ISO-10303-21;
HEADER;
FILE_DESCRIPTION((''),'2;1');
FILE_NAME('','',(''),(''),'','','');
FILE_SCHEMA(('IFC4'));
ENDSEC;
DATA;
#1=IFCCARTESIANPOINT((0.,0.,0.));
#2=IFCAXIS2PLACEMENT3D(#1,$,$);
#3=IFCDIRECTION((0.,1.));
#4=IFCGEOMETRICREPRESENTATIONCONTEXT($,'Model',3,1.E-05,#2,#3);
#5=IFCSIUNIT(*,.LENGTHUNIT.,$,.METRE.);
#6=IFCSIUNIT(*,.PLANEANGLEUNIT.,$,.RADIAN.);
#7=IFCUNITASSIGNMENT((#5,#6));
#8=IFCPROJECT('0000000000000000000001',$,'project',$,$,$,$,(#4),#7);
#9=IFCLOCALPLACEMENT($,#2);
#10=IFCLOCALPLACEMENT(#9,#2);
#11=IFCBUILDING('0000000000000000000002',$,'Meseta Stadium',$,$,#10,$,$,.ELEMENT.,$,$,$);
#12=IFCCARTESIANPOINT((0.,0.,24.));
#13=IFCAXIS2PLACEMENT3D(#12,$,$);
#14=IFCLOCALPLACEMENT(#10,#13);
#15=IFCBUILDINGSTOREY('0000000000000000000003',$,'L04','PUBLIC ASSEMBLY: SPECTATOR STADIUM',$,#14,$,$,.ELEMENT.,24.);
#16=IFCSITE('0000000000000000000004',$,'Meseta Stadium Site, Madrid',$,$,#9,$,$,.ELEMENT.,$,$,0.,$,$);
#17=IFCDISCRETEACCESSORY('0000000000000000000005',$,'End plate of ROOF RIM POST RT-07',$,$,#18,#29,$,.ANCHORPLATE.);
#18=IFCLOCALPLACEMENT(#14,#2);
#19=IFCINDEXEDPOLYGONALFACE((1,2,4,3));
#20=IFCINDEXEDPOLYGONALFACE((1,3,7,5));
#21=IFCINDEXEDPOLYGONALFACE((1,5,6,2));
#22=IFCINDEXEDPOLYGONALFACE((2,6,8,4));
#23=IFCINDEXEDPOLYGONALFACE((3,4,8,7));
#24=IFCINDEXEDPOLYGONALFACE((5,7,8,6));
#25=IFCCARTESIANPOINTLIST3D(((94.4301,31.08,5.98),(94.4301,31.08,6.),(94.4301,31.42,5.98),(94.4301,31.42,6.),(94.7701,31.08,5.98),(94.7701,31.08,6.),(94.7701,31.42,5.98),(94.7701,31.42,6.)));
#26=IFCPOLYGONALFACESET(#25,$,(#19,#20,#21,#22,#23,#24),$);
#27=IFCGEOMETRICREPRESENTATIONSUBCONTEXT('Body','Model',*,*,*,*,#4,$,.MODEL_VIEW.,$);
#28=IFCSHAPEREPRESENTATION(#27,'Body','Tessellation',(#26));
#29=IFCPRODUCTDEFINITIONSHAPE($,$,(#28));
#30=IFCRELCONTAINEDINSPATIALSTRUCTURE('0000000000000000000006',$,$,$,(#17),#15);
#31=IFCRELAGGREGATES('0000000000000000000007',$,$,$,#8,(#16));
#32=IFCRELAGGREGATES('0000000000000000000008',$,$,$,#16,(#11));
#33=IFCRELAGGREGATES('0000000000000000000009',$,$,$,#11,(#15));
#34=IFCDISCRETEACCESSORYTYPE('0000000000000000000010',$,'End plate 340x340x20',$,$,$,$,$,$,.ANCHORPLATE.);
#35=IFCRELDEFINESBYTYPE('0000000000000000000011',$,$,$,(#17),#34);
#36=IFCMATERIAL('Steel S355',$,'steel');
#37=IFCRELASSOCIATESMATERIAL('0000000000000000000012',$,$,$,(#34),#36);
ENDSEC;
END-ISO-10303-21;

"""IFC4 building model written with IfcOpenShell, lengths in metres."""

from ifc_helpers import new_model, si_unit, direction, frame, origin, origin_2d, place, context, subcontext, project, spatial, rectangle, extrude, material, material_profile, profile_set, type_object, element, save


model = new_model("IFC4")

# Units and contexts
model_context = context("Model", 3, precision=1e-05, world=origin(), true_north=direction((0.0, 1.0)))
body_context = subcontext(model_context, "Body", "Model", "MODEL_VIEW")
ifc_project = project(units=[si_unit("LENGTHUNIT", "METRE"), si_unit("PLANEANGLEUNIT", "RADIAN")], contexts=[model_context])

# Site, building, storey
site_placement = place(None, origin())
site = spatial("IfcSite", under=ifc_project, at=site_placement, Name="Meseta Stadium Site, Madrid", CompositionType="ELEMENT", RefElevation=0.0)
building_placement = place(site_placement, origin())
building = spatial("IfcBuilding", under=site, at=building_placement, Name="Meseta Stadium", CompositionType="ELEMENT")
storey_placement = place(building_placement, frame((0.0, 0.0, 24.0)))
storey = spatial("IfcBuildingStorey", under=building, at=storey_placement, Name="L04", Description="PUBLIC ASSEMBLY: SPECTATOR STADIUM", CompositionType="ELEMENT", Elevation=24.0)

# Discrete accessory
ifc_material_1 = material(Name="Steel S355", Category="steel")
ifc_material_profile_1 = material_profile(ifc_material_1, rectangle(XDim=0.3401, YDim=0.3401, at=origin_2d()), Name="PL 340x340")
ifc_profile_set_1 = profile_set([ifc_material_profile_1], Name="Steel S355")
discrete_accessory_type = type_object("IfcDiscreteAccessoryType", Name="End plate 340x340x20", PredefinedType="ANCHORPLATE", material=ifc_profile_set_1)
discrete_accessory_placement = place(storey_placement, frame((94.6001, 31.25, 5.98), z_axis=(0.0, 0.0, 1.0), x_axis=(1.0, 0.0, 0.0)))
element("IfcDiscreteAccessory", 1, at=discrete_accessory_placement, inside=storey, type_object=discrete_accessory_type, Name="End plate of ROOF RIM POST RT-07", PredefinedType="ANCHORPLATE", context=body_context, shape_type="SweptSolid", body=[
    extrude(rectangle(XDim=0.3401, YDim=0.3401, at=origin_2d()), origin(), (0.0, 0.0, 1.0), 0.02),
])

save(model, "model.ifc")
